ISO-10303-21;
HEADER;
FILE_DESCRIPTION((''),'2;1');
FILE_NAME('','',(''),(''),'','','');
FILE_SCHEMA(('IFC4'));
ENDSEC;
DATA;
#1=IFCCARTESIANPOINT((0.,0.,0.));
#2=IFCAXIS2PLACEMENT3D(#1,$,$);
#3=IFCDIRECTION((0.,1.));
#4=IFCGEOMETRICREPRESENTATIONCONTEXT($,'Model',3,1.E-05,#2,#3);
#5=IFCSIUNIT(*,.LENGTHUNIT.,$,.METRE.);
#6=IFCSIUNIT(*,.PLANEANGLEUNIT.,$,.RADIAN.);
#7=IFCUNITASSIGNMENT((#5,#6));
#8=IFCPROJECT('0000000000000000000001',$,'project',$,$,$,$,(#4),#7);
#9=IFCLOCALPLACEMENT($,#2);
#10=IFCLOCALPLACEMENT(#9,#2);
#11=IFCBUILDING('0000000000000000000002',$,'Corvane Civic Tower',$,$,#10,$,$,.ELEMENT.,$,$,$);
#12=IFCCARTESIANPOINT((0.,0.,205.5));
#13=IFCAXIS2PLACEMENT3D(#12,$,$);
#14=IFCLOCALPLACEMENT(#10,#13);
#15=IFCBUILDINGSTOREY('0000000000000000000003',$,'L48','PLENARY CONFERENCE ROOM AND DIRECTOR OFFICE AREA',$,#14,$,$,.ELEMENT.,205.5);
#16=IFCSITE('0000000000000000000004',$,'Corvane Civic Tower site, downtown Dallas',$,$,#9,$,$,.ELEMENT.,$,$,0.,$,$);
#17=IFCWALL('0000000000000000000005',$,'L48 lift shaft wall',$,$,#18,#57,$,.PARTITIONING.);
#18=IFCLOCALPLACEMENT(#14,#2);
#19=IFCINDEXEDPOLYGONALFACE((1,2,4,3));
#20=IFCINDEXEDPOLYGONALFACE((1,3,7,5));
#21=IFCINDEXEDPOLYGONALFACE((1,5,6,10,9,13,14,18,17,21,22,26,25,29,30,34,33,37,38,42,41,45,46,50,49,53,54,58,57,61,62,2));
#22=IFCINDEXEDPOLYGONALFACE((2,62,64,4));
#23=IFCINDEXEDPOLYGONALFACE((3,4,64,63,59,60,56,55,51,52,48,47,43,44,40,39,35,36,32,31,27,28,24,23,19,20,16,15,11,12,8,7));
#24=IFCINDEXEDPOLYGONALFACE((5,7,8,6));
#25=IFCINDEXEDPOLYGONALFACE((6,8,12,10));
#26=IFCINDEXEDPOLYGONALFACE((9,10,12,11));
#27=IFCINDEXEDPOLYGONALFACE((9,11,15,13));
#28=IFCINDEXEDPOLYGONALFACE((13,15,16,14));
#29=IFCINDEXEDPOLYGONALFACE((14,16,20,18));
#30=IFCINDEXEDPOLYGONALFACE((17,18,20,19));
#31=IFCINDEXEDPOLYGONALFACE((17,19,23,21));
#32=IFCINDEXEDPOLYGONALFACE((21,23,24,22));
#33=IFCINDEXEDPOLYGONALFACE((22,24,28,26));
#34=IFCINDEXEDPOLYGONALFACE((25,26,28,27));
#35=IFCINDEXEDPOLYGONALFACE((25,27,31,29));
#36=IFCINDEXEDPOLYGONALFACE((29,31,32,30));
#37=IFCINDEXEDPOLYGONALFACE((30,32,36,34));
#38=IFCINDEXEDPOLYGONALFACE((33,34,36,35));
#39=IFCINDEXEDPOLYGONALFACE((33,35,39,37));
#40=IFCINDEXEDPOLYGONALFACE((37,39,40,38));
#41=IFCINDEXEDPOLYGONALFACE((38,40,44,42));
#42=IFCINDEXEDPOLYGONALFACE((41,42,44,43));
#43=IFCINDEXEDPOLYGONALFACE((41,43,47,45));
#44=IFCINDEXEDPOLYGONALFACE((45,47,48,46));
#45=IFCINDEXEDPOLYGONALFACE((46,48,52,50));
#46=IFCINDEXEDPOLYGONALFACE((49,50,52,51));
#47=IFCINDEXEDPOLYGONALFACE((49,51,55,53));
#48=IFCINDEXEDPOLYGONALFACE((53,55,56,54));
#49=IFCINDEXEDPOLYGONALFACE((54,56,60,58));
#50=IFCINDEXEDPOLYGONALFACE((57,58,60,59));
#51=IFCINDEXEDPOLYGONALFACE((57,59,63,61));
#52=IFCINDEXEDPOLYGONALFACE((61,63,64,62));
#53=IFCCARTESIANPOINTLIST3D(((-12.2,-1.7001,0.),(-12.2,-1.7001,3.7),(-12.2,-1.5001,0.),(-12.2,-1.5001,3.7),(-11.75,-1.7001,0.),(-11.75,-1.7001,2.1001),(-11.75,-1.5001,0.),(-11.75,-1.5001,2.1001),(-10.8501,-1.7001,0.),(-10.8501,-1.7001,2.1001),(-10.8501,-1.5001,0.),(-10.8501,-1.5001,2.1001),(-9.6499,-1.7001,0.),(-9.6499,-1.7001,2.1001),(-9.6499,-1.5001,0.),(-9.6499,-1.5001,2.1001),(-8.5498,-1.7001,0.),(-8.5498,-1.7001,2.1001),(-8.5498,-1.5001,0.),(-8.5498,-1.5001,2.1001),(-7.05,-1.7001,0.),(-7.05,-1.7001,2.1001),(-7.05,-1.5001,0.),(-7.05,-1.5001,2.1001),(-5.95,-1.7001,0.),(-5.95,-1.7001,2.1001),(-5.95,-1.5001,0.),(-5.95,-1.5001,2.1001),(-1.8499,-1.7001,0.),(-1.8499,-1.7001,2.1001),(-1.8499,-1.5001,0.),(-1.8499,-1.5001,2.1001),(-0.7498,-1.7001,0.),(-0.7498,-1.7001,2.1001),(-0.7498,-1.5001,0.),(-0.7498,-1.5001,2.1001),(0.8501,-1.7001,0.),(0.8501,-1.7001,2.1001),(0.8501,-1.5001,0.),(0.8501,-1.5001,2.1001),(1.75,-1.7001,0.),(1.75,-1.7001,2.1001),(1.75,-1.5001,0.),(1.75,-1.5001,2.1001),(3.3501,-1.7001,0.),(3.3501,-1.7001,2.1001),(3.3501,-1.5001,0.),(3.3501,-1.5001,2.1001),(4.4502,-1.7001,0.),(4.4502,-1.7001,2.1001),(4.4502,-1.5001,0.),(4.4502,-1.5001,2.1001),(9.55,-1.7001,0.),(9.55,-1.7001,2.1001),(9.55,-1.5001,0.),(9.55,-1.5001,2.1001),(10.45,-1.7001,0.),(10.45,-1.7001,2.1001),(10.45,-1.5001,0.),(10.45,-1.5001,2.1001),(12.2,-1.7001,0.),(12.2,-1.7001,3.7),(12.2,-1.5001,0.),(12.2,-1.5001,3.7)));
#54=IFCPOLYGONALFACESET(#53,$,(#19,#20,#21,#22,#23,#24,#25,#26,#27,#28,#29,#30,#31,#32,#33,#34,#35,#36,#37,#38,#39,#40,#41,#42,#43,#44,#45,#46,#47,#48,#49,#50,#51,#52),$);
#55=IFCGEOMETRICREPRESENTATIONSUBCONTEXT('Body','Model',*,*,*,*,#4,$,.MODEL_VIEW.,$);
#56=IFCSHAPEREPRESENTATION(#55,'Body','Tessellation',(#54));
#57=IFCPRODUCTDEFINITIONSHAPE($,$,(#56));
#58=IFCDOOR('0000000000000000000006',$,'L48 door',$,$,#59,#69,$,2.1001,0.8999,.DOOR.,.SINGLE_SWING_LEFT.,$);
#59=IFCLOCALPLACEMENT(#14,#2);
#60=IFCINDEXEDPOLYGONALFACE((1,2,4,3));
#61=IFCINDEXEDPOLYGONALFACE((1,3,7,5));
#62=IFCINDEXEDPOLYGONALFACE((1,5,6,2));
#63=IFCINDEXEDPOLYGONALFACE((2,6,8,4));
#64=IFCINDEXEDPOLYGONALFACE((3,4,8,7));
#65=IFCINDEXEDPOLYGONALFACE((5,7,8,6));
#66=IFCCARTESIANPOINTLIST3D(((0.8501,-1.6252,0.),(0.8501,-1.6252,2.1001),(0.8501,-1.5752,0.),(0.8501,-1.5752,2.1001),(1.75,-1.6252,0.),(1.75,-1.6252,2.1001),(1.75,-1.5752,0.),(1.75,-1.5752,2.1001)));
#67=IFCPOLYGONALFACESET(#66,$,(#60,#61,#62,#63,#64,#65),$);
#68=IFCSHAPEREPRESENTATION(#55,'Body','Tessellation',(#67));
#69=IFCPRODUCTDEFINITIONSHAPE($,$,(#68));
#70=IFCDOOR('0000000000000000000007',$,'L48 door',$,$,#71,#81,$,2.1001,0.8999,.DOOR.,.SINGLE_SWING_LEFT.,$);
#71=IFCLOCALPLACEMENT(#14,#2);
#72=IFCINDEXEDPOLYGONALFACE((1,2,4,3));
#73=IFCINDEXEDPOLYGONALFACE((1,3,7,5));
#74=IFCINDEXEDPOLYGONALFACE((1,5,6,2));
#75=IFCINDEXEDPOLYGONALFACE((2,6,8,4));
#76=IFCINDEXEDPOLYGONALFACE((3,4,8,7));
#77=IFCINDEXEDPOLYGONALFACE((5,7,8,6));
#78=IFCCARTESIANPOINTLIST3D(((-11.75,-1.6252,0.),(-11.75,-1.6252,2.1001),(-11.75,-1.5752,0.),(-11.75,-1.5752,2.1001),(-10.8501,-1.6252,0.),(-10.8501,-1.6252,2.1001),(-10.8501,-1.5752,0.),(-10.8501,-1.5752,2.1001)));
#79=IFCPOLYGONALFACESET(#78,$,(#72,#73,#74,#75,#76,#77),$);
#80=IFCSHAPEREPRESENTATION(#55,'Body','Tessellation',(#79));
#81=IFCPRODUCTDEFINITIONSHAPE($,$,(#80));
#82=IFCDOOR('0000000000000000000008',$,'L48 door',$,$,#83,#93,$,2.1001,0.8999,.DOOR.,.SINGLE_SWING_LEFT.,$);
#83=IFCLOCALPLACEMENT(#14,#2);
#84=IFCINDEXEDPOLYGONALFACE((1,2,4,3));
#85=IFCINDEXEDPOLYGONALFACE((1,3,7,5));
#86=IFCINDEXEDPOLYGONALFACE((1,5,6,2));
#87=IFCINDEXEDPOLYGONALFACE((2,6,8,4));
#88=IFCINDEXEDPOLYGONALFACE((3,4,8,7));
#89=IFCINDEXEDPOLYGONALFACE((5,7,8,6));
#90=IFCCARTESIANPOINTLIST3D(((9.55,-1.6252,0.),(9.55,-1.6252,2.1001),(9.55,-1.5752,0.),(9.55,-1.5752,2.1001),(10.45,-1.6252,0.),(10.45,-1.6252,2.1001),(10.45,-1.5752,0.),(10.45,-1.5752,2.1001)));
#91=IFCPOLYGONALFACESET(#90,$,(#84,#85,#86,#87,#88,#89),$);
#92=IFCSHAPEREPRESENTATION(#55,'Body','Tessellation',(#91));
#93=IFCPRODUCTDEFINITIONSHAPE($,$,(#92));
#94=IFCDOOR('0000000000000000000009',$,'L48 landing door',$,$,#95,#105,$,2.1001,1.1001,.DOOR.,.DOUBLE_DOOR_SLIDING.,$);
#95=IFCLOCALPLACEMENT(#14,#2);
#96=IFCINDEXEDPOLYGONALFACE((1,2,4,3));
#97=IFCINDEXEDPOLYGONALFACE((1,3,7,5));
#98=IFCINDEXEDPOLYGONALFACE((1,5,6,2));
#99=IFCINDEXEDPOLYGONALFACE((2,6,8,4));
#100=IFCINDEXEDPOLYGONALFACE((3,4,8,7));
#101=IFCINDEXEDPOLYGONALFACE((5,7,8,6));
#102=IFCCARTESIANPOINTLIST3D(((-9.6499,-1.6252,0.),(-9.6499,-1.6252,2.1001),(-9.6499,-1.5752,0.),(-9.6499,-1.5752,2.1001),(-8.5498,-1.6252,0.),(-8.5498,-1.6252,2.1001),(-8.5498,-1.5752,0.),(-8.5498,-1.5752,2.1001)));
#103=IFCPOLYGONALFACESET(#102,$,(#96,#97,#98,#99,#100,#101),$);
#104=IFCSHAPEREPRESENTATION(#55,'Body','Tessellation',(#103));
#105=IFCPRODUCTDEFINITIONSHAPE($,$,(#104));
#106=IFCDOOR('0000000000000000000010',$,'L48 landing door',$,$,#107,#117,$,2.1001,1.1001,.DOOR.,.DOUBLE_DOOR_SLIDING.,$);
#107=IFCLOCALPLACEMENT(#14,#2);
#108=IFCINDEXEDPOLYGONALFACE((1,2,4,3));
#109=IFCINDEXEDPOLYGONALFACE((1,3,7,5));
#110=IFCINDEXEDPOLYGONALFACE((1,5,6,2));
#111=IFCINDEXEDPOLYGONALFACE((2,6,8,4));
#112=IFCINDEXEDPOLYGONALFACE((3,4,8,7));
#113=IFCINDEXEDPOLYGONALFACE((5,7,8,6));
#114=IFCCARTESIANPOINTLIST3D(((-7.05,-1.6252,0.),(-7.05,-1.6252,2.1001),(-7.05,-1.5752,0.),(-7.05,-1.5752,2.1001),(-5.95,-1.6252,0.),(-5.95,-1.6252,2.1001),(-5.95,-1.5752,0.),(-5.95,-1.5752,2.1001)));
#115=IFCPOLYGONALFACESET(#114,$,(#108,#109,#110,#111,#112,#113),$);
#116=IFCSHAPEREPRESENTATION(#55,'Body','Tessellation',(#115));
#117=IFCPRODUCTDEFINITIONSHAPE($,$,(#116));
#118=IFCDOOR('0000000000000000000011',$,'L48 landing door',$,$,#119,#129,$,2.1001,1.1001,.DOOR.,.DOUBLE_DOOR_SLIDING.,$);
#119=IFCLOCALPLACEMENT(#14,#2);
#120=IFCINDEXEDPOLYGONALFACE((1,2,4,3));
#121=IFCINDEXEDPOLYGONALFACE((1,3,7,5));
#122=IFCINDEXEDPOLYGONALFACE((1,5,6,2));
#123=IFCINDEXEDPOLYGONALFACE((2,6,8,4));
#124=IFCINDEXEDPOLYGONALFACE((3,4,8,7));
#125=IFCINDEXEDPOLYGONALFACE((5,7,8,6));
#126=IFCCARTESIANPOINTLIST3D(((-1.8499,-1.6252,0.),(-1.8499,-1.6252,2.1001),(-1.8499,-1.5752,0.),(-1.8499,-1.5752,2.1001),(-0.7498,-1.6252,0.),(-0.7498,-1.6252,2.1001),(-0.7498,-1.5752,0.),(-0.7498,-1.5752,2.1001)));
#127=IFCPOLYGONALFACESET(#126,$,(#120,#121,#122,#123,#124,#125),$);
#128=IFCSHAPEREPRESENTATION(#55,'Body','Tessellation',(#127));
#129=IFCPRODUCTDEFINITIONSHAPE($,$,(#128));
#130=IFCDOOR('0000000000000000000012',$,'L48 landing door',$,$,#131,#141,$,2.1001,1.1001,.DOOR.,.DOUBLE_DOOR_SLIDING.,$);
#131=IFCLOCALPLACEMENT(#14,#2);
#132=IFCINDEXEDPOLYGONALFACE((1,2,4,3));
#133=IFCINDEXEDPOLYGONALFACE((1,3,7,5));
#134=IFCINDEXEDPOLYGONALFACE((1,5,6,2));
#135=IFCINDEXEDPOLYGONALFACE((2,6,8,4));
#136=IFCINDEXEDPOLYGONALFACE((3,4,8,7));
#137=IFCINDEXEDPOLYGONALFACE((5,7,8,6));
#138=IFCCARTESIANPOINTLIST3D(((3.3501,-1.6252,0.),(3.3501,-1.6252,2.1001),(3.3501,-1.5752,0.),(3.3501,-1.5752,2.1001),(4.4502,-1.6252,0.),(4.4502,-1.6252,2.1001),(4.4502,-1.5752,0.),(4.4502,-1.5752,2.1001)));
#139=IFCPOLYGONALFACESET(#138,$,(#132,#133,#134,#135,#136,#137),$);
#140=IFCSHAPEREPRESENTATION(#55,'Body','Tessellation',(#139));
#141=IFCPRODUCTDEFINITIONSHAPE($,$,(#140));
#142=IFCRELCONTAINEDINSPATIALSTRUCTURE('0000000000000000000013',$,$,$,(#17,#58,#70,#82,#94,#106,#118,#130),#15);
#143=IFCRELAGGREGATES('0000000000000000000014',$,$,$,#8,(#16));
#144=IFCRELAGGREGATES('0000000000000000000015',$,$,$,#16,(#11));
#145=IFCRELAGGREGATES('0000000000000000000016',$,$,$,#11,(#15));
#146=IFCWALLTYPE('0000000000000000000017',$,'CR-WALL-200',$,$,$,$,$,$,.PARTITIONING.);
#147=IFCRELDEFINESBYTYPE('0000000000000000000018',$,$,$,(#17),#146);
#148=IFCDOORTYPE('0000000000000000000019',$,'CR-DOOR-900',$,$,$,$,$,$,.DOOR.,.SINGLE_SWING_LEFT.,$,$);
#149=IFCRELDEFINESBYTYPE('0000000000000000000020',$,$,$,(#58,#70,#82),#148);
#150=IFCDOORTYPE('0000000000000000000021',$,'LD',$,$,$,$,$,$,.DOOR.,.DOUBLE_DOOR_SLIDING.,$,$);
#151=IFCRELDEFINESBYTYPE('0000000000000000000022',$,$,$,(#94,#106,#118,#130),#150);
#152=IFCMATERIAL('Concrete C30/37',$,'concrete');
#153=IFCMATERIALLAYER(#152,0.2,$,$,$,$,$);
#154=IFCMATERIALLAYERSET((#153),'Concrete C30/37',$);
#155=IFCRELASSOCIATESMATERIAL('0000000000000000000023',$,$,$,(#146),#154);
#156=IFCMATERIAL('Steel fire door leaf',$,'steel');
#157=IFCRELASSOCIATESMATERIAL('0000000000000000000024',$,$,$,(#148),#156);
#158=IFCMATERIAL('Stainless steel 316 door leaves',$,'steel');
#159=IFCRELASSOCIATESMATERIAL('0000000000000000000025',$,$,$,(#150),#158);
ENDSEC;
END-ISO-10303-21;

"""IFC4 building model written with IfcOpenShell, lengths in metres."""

from ifc_helpers import new_model, si_unit, direction, frame, frame_2d, origin, place, context, subcontext, project, spatial, rectangle, extrude, material, layer, layer_set, type_object, element, fill, save


model = new_model("IFC4")

# Units and contexts
model_context = context("Model", 3, precision=1e-05, world=origin(), true_north=direction((0.0, 1.0)))
body_context = subcontext(model_context, "Body", "Model", "MODEL_VIEW")
ifc_project = project(units=[si_unit("LENGTHUNIT", "METRE"), si_unit("PLANEANGLEUNIT", "RADIAN")], contexts=[model_context])

# Site, building, storey
site_placement = place(None, origin())
site = spatial("IfcSite", under=ifc_project, at=site_placement, Name="Corvane Civic Tower site, downtown Dallas", CompositionType="ELEMENT", RefElevation=0.0)
building_placement = place(site_placement, origin())
building = spatial("IfcBuilding", under=site, at=building_placement, Name="Corvane Civic Tower", CompositionType="ELEMENT")
storey_placement = place(building_placement, frame((0.0, 0.0, 205.5)))
storey = spatial("IfcBuildingStorey", under=building, at=storey_placement, Name="L48", Description="PLENARY CONFERENCE ROOM AND DIRECTOR OFFICE AREA", CompositionType="ELEMENT", Elevation=205.5)

# Shared definitions
ifc_material_1 = material(Name="Concrete C30/37", Category="concrete")
ifc_layer_1 = layer(ifc_material_1, 0.2)
ifc_layer_set_1 = layer_set([ifc_layer_1], Name="Concrete C30/37")
wall_type_1 = type_object("IfcWallType", Name="CR-WALL-200", PredefinedType="PARTITIONING", material=ifc_layer_set_1)
ifc_material_2 = material(Name="Steel fire door leaf", Category="steel")
door_type_1 = type_object("IfcDoorType", Name="CR-DOOR-900", OperationType="SINGLE_SWING_LEFT", PredefinedType="DOOR", material=ifc_material_2)

# Wall, openings, doors
wall_1_placement = place(storey_placement, frame((-12.2, -1.6001, 0.0), z_axis=(0.0, 0.0, 1.0), x_axis=(1.0, 0.0, 0.0)))
wall_1 = element("IfcWall", 1, at=wall_1_placement, inside=storey, type_object=wall_type_1, Name="L48 lift shaft wall", PredefinedType="PARTITIONING", context=body_context, shape_type="SweptSolid", body=[
    extrude(rectangle(XDim=24.3999, YDim=0.2, at=frame_2d((12.2, 0.0))), origin(), (0.0, 0.0, 1.0), 3.7),
])
opening_1_placement = place(wall_1_placement, frame((2.55, 0.0, 0.0)))
opening_1 = element("IfcOpeningElement", 2, at=opening_1_placement, cuts=wall_1, PredefinedType="OPENING", context=body_context, shape_type="SweptSolid", body=[
    extrude(rectangle(XDim=1.1001, YDim=2.1001, at=frame_2d((0.55, 1.05))), frame((0.0, 0.1099, 0.0), z_axis=(0.0, -1.0, 0.0), x_axis=(1.0, 0.0, 0.0)), (0.0, 0.0, 1.0), 0.22),
])
opening_2_placement = place(wall_1_placement, frame((5.1499, 0.0, 0.0)))
opening_2 = element("IfcOpeningElement", 3, at=opening_2_placement, cuts=wall_1, PredefinedType="OPENING", context=body_context, shape_type="SweptSolid", body=[
    extrude(rectangle(XDim=1.1001, YDim=2.1001, at=frame_2d((0.55, 1.05))), frame((0.0, 0.1099, 0.0), z_axis=(0.0, -1.0, 0.0), x_axis=(1.0, 0.0, 0.0)), (0.0, 0.0, 1.0), 0.22),
])
opening_3_placement = place(wall_1_placement, frame((10.3501, 0.0, 0.0)))
opening_3 = element("IfcOpeningElement", 4, at=opening_3_placement, cuts=wall_1, PredefinedType="OPENING", context=body_context, shape_type="SweptSolid", body=[
    extrude(rectangle(XDim=1.1001, YDim=2.1001, at=frame_2d((0.55, 1.05))), frame((0.0, 0.1099, 0.0), z_axis=(0.0, -1.0, 0.0), x_axis=(1.0, 0.0, 0.0)), (0.0, 0.0, 1.0), 0.22),
])
opening_4_placement = place(wall_1_placement, frame((13.05, 0.0, 0.0)))
opening_4 = element("IfcOpeningElement", 5, at=opening_4_placement, cuts=wall_1, PredefinedType="OPENING", context=body_context, shape_type="SweptSolid", body=[
    extrude(rectangle(XDim=0.8999, YDim=2.1001, at=frame_2d((0.45, 1.05))), frame((0.0, 0.1099, 0.0), z_axis=(0.0, -1.0, 0.0), x_axis=(1.0, 0.0, 0.0)), (0.0, 0.0, 1.0), 0.22),
])
opening_5_placement = place(wall_1_placement, frame((15.55, 0.0, 0.0)))
opening_5 = element("IfcOpeningElement", 6, at=opening_5_placement, cuts=wall_1, PredefinedType="OPENING", context=body_context, shape_type="SweptSolid", body=[
    extrude(rectangle(XDim=1.1001, YDim=2.1001, at=frame_2d((0.55, 1.05))), frame((0.0, 0.1099, 0.0), z_axis=(0.0, -1.0, 0.0), x_axis=(1.0, 0.0, 0.0)), (0.0, 0.0, 1.0), 0.22),
])
opening_6_placement = place(wall_1_placement, frame((0.45, 0.0, 0.0)))
opening_6 = element("IfcOpeningElement", 7, at=opening_6_placement, cuts=wall_1, PredefinedType="OPENING", context=body_context, shape_type="SweptSolid", body=[
    extrude(rectangle(XDim=0.8999, YDim=2.1001, at=frame_2d((0.45, 1.05))), frame((0.0, 0.1099, 0.0), z_axis=(0.0, -1.0, 0.0), x_axis=(1.0, 0.0, 0.0)), (0.0, 0.0, 1.0), 0.22),
])
opening_7_placement = place(wall_1_placement, frame((21.75, 0.0, 0.0)))
opening_7 = element("IfcOpeningElement", 8, at=opening_7_placement, cuts=wall_1, PredefinedType="OPENING", context=body_context, shape_type="SweptSolid", body=[
    extrude(rectangle(XDim=0.8999, YDim=2.1001, at=frame_2d((0.45, 1.05))), frame((0.0, 0.1099, 0.0), z_axis=(0.0, -1.0, 0.0), x_axis=(1.0, 0.0, 0.0)), (0.0, 0.0, 1.0), 0.22),
])
door_1_placement = place(opening_4_placement, origin())
door_1 = element("IfcDoor", 9, at=door_1_placement, inside=storey, type_object=door_type_1, Name="L48 door", OperationType="SINGLE_SWING_LEFT", OverallHeight=2.1001, OverallWidth=0.8999, PredefinedType="DOOR", context=body_context, shape_type="SweptSolid", body=[
    extrude(rectangle(XDim=0.8999, YDim=2.1001, at=frame_2d((0.45, 1.05))), frame((0.0, 0.0249, 0.0), z_axis=(0.0, -1.0, 0.0), x_axis=(1.0, 0.0, 0.0)), (0.0, 0.0, 1.0), 0.05),
])
fill(opening_4, door_1)
door_2_placement = place(opening_6_placement, origin())
door_2 = element("IfcDoor", 10, at=door_2_placement, inside=storey, type_object=door_type_1, Name="L48 door", OperationType="SINGLE_SWING_LEFT", OverallHeight=2.1001, OverallWidth=0.8999, PredefinedType="DOOR", context=body_context, shape_type="SweptSolid", body=[
    extrude(rectangle(XDim=0.8999, YDim=2.1001, at=frame_2d((0.45, 1.05))), frame((0.0, 0.0249, 0.0), z_axis=(0.0, -1.0, 0.0), x_axis=(1.0, 0.0, 0.0)), (0.0, 0.0, 1.0), 0.05),
])
fill(opening_6, door_2)
door_3_placement = place(opening_7_placement, origin())
door_3 = element("IfcDoor", 11, at=door_3_placement, inside=storey, type_object=door_type_1, Name="L48 door", OperationType="SINGLE_SWING_LEFT", OverallHeight=2.1001, OverallWidth=0.8999, PredefinedType="DOOR", context=body_context, shape_type="SweptSolid", body=[
    extrude(rectangle(XDim=0.8999, YDim=2.1001, at=frame_2d((0.45, 1.05))), frame((0.0, 0.0249, 0.0), z_axis=(0.0, -1.0, 0.0), x_axis=(1.0, 0.0, 0.0)), (0.0, 0.0, 1.0), 0.05),
])
fill(opening_7, door_3)
ifc_material_3 = material(Name="Stainless steel 316 door leaves", Category="steel")
door_type_2 = type_object("IfcDoorType", Name="LD", OperationType="DOUBLE_DOOR_SLIDING", PredefinedType="DOOR", material=ifc_material_3)
door_4_placement = place(opening_1_placement, origin())
door_4 = element("IfcDoor", 12, at=door_4_placement, inside=storey, type_object=door_type_2, Name="L48 landing door", OperationType="DOUBLE_DOOR_SLIDING", OverallHeight=2.1001, OverallWidth=1.1001, PredefinedType="DOOR", context=body_context, shape_type="SweptSolid", body=[
    extrude(rectangle(XDim=1.1001, YDim=2.1001, at=frame_2d((0.55, 1.05))), frame((0.0, 0.0249, 0.0), z_axis=(0.0, -1.0, 0.0), x_axis=(1.0, 0.0, 0.0)), (0.0, 0.0, 1.0), 0.05),
])
fill(opening_1, door_4)
door_5_placement = place(opening_2_placement, origin())
door_5 = element("IfcDoor", 13, at=door_5_placement, inside=storey, type_object=door_type_2, Name="L48 landing door", OperationType="DOUBLE_DOOR_SLIDING", OverallHeight=2.1001, OverallWidth=1.1001, PredefinedType="DOOR", context=body_context, shape_type="SweptSolid", body=[
    extrude(rectangle(XDim=1.1001, YDim=2.1001, at=frame_2d((0.55, 1.05))), frame((0.0, 0.0249, 0.0), z_axis=(0.0, -1.0, 0.0), x_axis=(1.0, 0.0, 0.0)), (0.0, 0.0, 1.0), 0.05),
])
fill(opening_2, door_5)
door_6_placement = place(opening_3_placement, origin())
door_6 = element("IfcDoor", 14, at=door_6_placement, inside=storey, type_object=door_type_2, Name="L48 landing door", OperationType="DOUBLE_DOOR_SLIDING", OverallHeight=2.1001, OverallWidth=1.1001, PredefinedType="DOOR", context=body_context, shape_type="SweptSolid", body=[
    extrude(rectangle(XDim=1.1001, YDim=2.1001, at=frame_2d((0.55, 1.05))), frame((0.0, 0.0249, 0.0), z_axis=(0.0, -1.0, 0.0), x_axis=(1.0, 0.0, 0.0)), (0.0, 0.0, 1.0), 0.05),
])
fill(opening_3, door_6)
door_7_placement = place(opening_5_placement, origin())
door_7 = element("IfcDoor", 15, at=door_7_placement, inside=storey, type_object=door_type_2, Name="L48 landing door", OperationType="DOUBLE_DOOR_SLIDING", OverallHeight=2.1001, OverallWidth=1.1001, PredefinedType="DOOR", context=body_context, shape_type="SweptSolid", body=[
    extrude(rectangle(XDim=1.1001, YDim=2.1001, at=frame_2d((0.55, 1.05))), frame((0.0, 0.0249, 0.0), z_axis=(0.0, -1.0, 0.0), x_axis=(1.0, 0.0, 0.0)), (0.0, 0.0, 1.0), 0.05),
])
fill(opening_5, door_7)

save(model, "model.ifc")
